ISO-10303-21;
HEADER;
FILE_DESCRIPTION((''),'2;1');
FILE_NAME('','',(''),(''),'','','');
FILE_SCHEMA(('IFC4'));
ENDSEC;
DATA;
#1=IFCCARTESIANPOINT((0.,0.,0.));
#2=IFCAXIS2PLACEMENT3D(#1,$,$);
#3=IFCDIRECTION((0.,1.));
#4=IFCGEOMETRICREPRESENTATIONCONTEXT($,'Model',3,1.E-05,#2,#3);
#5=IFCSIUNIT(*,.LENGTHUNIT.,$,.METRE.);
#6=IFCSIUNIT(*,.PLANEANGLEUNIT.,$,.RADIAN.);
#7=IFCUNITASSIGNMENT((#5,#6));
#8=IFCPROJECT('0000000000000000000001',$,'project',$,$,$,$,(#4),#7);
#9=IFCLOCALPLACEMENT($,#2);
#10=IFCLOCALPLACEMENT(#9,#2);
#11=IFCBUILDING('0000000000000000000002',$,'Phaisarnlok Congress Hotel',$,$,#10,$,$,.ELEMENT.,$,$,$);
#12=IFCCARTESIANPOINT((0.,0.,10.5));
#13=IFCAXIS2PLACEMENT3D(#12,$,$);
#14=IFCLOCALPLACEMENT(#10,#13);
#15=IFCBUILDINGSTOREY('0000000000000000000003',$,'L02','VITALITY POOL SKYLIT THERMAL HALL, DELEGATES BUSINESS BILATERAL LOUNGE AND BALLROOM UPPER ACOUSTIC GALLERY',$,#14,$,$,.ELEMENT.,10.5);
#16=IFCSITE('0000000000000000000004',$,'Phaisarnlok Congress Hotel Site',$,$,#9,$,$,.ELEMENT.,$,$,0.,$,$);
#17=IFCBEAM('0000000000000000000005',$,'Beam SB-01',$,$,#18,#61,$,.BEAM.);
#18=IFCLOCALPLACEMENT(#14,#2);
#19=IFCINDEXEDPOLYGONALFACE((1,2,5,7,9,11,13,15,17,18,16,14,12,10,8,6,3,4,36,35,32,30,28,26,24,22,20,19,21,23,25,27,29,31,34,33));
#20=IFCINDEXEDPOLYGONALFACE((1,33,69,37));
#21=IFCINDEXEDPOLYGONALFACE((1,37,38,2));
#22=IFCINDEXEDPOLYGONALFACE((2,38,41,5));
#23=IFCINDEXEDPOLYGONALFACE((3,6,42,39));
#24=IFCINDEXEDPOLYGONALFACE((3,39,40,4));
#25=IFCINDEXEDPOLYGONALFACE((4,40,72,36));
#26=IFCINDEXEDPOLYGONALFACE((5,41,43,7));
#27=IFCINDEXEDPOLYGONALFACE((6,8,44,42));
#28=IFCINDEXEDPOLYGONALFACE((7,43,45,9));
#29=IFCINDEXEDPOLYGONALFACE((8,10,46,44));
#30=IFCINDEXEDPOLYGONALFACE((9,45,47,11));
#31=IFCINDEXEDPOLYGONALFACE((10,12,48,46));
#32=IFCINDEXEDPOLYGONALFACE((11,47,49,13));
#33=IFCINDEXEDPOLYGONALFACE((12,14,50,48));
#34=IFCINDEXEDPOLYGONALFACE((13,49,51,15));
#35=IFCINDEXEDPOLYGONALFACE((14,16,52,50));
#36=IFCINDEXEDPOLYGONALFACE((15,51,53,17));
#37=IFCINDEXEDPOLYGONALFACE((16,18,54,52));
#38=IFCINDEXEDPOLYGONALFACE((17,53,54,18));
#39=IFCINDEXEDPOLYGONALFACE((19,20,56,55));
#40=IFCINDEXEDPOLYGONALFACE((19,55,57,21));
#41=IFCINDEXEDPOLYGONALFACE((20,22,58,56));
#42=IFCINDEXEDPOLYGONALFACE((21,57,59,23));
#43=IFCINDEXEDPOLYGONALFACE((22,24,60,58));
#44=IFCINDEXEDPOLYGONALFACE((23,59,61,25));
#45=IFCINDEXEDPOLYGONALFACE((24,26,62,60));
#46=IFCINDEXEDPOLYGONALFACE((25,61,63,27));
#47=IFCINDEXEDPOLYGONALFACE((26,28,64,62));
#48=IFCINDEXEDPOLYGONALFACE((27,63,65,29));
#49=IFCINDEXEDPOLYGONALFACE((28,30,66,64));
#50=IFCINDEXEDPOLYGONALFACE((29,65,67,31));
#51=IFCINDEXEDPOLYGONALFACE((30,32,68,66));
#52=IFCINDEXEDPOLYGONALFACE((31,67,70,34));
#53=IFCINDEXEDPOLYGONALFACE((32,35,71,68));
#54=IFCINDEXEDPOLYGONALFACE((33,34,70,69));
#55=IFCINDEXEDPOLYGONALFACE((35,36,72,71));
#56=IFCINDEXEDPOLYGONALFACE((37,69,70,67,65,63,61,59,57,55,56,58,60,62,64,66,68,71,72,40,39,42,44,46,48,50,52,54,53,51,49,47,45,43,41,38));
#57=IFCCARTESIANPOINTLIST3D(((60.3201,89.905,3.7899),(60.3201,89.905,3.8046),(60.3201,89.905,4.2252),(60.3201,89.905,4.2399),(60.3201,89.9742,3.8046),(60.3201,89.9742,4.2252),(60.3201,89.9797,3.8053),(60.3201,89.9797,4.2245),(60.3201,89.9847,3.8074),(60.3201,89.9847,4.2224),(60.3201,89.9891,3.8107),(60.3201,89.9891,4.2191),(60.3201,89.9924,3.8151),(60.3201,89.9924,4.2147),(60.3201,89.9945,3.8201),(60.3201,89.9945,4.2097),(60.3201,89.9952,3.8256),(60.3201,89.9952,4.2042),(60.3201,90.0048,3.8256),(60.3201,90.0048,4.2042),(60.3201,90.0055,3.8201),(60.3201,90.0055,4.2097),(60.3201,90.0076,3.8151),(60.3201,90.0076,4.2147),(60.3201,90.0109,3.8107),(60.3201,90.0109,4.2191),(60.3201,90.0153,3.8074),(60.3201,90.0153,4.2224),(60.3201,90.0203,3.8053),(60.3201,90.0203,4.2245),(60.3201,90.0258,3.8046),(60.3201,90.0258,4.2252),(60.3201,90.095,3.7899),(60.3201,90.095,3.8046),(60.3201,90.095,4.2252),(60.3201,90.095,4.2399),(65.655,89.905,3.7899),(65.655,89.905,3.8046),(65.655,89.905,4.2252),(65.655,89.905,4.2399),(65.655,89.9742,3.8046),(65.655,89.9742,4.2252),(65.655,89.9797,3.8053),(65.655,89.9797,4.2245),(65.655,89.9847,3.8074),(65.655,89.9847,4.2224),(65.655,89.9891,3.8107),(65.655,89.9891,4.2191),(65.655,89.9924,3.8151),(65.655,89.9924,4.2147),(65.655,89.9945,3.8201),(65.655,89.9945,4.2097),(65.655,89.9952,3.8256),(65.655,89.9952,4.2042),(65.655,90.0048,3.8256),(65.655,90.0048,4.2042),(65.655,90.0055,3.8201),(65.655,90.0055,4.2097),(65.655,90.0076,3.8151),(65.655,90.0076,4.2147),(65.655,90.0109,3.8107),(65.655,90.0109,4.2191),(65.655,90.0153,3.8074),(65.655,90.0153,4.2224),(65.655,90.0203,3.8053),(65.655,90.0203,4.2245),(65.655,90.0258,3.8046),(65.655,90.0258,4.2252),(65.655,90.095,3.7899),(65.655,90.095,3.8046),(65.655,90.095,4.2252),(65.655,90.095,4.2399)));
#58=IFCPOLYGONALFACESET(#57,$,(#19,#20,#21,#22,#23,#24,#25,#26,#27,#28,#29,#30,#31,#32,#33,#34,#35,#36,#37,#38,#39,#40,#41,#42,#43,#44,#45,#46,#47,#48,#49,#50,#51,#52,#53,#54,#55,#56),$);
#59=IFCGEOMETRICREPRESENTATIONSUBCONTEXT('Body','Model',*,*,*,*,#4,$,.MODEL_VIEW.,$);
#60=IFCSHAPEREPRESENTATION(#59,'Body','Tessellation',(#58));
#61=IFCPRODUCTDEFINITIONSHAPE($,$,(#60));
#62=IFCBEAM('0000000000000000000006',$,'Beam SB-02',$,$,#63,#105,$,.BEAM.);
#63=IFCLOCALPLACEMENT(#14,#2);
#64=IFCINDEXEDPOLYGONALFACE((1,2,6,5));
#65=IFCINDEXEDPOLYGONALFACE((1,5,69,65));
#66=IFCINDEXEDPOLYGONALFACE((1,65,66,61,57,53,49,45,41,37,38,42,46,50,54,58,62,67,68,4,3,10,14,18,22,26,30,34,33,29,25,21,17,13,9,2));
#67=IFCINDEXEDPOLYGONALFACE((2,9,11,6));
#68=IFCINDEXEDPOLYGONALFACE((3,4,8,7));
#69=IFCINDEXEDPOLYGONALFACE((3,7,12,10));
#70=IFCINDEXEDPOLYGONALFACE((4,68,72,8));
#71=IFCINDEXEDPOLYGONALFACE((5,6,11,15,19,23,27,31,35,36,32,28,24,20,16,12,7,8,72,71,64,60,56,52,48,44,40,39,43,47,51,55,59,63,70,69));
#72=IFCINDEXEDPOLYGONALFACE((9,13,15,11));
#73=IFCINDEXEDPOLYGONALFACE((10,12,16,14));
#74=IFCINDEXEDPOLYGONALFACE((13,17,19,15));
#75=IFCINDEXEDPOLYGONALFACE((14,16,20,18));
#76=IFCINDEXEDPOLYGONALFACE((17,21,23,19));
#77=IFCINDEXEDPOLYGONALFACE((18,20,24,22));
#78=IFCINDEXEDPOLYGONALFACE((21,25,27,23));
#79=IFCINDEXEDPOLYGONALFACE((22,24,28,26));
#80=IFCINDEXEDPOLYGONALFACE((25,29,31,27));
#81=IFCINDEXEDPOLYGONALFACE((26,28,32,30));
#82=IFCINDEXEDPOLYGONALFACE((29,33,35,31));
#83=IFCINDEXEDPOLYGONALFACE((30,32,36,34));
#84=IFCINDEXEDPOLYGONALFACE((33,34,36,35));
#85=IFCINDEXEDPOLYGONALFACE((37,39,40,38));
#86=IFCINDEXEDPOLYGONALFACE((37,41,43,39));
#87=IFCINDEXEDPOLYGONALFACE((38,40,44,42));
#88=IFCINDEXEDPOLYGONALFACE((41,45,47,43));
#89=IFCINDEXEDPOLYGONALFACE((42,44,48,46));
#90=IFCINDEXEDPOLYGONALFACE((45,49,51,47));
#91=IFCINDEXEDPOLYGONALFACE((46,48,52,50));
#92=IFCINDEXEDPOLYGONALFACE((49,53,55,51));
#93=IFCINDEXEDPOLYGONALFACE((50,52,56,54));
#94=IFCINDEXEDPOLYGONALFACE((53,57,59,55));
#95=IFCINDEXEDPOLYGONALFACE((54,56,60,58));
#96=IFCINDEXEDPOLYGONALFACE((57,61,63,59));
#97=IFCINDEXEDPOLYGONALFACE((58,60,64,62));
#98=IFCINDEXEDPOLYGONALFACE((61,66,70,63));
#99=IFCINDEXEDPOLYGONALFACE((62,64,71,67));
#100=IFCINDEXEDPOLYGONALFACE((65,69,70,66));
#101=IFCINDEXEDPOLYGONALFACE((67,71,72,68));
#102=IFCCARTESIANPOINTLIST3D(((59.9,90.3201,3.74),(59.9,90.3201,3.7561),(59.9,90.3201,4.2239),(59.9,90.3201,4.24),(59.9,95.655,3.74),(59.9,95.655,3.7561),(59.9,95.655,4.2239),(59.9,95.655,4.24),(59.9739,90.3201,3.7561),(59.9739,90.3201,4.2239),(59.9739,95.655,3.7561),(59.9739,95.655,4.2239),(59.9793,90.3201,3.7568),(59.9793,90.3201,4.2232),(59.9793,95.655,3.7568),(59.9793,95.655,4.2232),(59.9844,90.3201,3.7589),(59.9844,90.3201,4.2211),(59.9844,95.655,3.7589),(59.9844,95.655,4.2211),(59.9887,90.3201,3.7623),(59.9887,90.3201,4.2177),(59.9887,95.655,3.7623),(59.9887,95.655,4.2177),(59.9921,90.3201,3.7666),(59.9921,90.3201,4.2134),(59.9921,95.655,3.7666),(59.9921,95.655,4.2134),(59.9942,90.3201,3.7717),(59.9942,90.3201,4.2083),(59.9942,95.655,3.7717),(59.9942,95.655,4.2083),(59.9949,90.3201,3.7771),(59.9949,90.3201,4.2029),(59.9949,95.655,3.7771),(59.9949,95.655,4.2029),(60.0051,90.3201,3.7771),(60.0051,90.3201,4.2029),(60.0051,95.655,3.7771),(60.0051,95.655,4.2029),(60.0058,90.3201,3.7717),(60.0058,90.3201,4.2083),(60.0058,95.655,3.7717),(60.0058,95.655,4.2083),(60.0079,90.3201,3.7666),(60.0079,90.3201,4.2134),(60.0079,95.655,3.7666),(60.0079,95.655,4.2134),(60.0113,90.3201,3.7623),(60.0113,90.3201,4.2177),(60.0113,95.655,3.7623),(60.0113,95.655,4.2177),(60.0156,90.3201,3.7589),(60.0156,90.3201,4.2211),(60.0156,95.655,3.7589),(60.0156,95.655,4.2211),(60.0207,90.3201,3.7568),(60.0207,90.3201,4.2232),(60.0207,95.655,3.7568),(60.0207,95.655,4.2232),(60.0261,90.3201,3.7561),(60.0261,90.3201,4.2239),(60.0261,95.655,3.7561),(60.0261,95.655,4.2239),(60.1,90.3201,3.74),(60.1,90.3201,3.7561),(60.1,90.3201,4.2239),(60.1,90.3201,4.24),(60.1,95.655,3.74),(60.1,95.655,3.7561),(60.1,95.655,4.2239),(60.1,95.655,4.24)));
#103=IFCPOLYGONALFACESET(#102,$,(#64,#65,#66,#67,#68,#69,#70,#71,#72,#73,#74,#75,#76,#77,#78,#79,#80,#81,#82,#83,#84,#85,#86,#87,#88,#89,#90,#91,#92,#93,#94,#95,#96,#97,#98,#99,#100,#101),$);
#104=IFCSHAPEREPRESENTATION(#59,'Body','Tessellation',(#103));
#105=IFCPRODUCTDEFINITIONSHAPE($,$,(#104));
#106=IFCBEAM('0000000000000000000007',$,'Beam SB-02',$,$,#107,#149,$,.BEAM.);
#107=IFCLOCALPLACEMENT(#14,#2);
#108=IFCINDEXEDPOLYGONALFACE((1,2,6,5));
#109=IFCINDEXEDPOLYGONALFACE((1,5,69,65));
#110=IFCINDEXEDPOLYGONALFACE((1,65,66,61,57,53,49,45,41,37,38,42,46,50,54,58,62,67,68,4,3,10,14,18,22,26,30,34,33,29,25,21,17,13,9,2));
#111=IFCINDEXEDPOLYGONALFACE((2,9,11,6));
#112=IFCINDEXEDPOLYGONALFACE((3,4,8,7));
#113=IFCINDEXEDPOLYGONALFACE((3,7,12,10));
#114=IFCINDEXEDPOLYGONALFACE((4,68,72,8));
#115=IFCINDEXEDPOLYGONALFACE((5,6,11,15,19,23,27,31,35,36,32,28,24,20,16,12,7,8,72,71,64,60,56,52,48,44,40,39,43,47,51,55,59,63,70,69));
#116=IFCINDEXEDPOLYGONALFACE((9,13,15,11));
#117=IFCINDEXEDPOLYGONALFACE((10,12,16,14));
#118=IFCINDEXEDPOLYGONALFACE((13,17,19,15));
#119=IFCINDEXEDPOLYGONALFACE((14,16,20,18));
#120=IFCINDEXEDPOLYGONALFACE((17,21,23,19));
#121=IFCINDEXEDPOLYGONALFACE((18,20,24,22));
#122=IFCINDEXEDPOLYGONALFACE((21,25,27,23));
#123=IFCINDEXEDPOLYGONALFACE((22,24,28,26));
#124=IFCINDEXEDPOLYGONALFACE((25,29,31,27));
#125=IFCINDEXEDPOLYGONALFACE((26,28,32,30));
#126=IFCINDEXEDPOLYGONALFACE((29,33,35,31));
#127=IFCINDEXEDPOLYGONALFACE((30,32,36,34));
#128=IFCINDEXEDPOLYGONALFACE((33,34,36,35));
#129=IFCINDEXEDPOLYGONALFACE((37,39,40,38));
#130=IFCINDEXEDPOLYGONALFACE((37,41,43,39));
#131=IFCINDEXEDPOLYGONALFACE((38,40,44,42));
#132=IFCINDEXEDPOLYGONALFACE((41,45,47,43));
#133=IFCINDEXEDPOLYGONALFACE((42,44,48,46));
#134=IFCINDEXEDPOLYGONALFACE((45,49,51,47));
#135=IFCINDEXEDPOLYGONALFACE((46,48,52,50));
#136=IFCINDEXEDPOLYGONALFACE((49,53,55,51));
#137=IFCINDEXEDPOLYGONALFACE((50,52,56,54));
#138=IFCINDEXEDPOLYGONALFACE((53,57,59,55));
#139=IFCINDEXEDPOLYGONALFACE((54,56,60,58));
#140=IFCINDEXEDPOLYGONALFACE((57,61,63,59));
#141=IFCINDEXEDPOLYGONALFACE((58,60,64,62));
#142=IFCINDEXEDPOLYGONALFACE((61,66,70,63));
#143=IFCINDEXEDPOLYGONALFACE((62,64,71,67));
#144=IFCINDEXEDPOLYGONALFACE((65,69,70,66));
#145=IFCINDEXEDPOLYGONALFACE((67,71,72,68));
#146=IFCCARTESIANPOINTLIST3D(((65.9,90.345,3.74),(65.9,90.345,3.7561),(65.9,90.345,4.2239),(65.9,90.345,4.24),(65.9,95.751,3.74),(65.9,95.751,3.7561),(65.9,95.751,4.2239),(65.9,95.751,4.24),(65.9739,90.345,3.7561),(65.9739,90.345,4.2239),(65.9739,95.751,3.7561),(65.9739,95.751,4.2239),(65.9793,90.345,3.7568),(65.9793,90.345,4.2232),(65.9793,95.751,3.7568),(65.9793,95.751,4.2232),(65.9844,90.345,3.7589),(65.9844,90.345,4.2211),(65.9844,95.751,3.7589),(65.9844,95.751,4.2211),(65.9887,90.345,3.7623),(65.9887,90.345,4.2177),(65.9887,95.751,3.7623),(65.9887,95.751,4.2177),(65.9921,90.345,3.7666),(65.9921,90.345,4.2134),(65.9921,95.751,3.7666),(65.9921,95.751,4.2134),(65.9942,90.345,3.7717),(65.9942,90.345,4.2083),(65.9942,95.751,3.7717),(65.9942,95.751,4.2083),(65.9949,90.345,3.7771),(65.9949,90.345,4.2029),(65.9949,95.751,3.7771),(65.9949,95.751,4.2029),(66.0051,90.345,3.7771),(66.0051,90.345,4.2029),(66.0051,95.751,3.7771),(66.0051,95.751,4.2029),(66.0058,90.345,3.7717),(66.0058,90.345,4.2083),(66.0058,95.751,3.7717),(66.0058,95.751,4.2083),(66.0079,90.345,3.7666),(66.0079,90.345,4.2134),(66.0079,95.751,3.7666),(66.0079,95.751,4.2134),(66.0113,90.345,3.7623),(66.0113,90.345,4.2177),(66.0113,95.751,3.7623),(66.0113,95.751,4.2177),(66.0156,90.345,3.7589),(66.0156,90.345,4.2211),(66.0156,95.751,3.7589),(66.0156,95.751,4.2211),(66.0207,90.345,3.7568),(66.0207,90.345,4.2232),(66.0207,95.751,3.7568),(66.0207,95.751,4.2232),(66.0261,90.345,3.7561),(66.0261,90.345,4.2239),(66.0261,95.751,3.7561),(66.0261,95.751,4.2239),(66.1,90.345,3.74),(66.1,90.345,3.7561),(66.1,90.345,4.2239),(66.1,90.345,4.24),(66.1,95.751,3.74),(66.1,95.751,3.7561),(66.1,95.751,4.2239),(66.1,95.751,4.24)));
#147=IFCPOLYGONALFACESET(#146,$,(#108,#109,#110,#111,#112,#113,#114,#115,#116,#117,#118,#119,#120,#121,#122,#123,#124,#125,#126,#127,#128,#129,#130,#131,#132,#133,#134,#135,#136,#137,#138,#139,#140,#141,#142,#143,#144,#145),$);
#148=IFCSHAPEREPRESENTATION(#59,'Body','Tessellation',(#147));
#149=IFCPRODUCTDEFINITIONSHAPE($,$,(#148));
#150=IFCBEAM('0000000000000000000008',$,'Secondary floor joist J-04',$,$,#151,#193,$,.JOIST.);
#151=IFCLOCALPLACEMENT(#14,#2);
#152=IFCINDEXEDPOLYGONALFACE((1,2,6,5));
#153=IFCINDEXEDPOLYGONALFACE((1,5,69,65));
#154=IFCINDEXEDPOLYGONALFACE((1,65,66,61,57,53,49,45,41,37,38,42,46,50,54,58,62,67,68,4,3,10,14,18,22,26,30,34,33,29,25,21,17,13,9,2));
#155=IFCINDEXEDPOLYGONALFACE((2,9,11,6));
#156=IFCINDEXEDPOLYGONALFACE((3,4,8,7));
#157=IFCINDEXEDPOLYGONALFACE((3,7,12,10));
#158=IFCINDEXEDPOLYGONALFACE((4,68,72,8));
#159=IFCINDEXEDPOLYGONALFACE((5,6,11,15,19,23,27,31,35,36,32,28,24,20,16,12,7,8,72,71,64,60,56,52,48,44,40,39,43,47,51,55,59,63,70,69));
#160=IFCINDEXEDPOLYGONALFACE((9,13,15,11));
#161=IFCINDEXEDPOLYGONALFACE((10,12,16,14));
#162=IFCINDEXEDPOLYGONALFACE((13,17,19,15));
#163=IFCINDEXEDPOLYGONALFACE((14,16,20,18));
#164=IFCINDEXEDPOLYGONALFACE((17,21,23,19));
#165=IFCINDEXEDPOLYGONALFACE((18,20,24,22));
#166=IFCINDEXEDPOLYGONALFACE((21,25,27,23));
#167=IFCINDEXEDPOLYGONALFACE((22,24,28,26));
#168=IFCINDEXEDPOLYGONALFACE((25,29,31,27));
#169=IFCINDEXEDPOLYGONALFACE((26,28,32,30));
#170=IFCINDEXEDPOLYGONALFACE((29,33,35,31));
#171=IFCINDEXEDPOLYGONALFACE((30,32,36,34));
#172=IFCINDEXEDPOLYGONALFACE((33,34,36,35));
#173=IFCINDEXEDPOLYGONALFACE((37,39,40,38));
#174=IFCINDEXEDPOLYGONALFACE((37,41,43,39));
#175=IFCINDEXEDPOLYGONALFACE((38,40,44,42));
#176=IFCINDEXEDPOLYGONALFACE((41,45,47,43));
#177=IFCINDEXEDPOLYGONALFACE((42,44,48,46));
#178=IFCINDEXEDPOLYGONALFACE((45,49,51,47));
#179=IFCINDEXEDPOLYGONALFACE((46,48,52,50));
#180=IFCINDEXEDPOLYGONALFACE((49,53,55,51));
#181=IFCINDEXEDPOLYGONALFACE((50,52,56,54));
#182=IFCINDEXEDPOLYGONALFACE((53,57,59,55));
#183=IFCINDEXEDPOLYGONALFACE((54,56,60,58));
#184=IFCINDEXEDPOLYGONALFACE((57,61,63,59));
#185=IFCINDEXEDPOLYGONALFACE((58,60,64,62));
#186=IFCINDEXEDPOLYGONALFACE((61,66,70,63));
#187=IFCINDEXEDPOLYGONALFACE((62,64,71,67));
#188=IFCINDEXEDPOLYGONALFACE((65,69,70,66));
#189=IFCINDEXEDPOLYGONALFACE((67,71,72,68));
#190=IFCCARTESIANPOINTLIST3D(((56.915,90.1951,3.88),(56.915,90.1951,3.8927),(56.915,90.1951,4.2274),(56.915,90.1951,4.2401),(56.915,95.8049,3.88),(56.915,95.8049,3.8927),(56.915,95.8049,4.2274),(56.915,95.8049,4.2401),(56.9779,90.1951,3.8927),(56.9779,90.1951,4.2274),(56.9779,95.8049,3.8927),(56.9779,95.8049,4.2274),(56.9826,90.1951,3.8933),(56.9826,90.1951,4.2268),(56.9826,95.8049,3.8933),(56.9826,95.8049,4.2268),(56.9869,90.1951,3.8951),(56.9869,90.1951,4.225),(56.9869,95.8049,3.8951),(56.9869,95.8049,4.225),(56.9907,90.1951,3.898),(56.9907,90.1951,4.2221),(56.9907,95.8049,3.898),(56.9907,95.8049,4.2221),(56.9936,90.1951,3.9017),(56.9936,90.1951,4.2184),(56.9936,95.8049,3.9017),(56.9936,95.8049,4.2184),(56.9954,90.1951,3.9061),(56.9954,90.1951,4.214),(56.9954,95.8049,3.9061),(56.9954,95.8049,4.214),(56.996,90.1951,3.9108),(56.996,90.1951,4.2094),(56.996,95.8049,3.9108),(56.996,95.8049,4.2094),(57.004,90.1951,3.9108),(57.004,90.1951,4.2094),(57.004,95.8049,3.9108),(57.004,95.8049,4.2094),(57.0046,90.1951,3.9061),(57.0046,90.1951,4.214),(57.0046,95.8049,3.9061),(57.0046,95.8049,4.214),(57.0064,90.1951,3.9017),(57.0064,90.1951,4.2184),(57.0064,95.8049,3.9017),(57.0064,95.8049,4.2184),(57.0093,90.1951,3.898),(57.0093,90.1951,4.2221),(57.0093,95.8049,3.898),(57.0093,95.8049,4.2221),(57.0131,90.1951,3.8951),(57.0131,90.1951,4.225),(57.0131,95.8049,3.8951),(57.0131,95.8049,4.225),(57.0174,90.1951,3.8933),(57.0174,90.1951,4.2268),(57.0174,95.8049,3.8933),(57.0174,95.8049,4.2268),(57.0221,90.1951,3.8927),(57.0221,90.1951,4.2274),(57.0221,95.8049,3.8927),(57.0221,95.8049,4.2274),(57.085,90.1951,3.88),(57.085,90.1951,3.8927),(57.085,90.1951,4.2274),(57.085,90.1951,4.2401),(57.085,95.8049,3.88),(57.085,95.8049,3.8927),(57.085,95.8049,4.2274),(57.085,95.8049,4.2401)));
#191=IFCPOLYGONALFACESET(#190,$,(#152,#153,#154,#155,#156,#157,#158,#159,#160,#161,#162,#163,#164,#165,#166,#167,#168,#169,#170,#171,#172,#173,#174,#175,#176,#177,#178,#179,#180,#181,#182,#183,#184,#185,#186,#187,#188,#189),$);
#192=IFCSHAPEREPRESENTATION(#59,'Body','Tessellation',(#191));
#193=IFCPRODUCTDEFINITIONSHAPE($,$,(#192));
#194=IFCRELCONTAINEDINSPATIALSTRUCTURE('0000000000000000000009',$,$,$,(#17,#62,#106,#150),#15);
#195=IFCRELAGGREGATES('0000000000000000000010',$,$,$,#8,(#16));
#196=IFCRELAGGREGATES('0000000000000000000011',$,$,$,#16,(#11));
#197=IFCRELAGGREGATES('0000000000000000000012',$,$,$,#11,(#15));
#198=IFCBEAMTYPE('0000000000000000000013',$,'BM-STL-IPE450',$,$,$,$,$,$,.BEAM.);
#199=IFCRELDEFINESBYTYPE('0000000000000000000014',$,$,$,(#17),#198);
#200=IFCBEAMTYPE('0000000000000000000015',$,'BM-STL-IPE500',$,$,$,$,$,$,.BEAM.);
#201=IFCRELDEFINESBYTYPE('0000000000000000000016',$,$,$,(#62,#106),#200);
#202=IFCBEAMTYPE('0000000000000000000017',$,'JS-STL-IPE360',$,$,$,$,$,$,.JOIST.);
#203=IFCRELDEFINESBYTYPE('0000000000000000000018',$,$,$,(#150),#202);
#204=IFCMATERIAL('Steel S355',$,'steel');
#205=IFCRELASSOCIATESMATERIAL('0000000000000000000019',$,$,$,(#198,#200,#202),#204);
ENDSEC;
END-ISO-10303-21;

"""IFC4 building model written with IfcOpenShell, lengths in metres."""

from ifc_helpers import new_model, si_unit, direction, frame, origin, origin_2d, place, context, subcontext, project, spatial, i_section, extrude, material, material_profile, profile_set, type_object, element, save


model = new_model("IFC4")

# Units and contexts
model_context = context("Model", 3, precision=1e-05, world=origin(), true_north=direction((0.0, 1.0)))
body_context = subcontext(model_context, "Body", "Model", "MODEL_VIEW")
ifc_project = project(units=[si_unit("LENGTHUNIT", "METRE"), si_unit("PLANEANGLEUNIT", "RADIAN")], contexts=[model_context])

# Site, building, storey
site_placement = place(None, origin())
site = spatial("IfcSite", under=ifc_project, at=site_placement, Name="Phaisarnlok Congress Hotel Site", CompositionType="ELEMENT", RefElevation=0.0)
building_placement = place(site_placement, origin())
building = spatial("IfcBuilding", under=site, at=building_placement, Name="Phaisarnlok Congress Hotel", CompositionType="ELEMENT")
storey_placement = place(building_placement, frame((0.0, 0.0, 10.5)))
storey = spatial("IfcBuildingStorey", under=building, at=storey_placement, Name="L02", Description="VITALITY POOL SKYLIT THERMAL HALL, DELEGATES BUSINESS BILATERAL LOUNGE AND BALLROOM UPPER ACOUSTIC GALLERY", CompositionType="ELEMENT", Elevation=10.5)

# Beams
ifc_material_1 = material(Name="Steel S355", Category="steel")
ifc_material_profile_1 = material_profile(ifc_material_1, i_section(OverallWidth=0.1899, OverallDepth=0.45, WebThickness=0.0095, FlangeThickness=0.0146, FilletRadius=0.021, at=origin_2d()), Name="IPE 450")
ifc_profile_set_1 = profile_set([ifc_material_profile_1], Name="Steel S355")
beam_type_1 = type_object("IfcBeamType", Name="BM-STL-IPE450", PredefinedType="BEAM", material=ifc_profile_set_1)
beam_1_placement = place(storey_placement, frame((60.3201, 90.0, 4.0149), z_axis=(1.0, 0.0, 0.0), x_axis=(0.0, 1.0, 0.0)))
element("IfcBeam", 1, at=beam_1_placement, inside=storey, type_object=beam_type_1, Name="Beam SB-01", PredefinedType="BEAM", context=body_context, shape_type="SweptSolid", body=[
    extrude(i_section(OverallWidth=0.1899, OverallDepth=0.45, WebThickness=0.0095, FlangeThickness=0.0146, FilletRadius=0.021, at=origin_2d()), origin(), (0.0, 0.0, 1.0), 5.335),
])
ifc_material_profile_2 = material_profile(ifc_material_1, i_section(OverallWidth=0.2, OverallDepth=0.5, WebThickness=0.0103, FlangeThickness=0.0161, FilletRadius=0.021, at=origin_2d()), Name="IPE 500")
ifc_profile_set_2 = profile_set([ifc_material_profile_2], Name="Steel S355")
beam_type_2 = type_object("IfcBeamType", Name="BM-STL-IPE500", PredefinedType="BEAM", material=ifc_profile_set_2)
beam_2_placement = place(storey_placement, frame((60.0, 90.3201, 3.99), z_axis=(0.0, 1.0, 0.0), x_axis=(-1.0, 0.0, 0.0)))
element("IfcBeam", 2, at=beam_2_placement, inside=storey, type_object=beam_type_2, Name="Beam SB-02", PredefinedType="BEAM", context=body_context, shape_type="SweptSolid", body=[
    extrude(i_section(OverallWidth=0.2, OverallDepth=0.5, WebThickness=0.0103, FlangeThickness=0.0161, FilletRadius=0.021, at=origin_2d()), origin(), (0.0, 0.0, 1.0), 5.335),
])
beam_3_placement = place(storey_placement, frame((66.0, 90.345, 3.99), z_axis=(0.0, 1.0, 0.0), x_axis=(-1.0, 0.0, 0.0)))
element("IfcBeam", 3, at=beam_3_placement, inside=storey, type_object=beam_type_2, Name="Beam SB-02", PredefinedType="BEAM", context=body_context, shape_type="SweptSolid", body=[
    extrude(i_section(OverallWidth=0.2, OverallDepth=0.5, WebThickness=0.0103, FlangeThickness=0.0161, FilletRadius=0.021, at=origin_2d()), origin(), (0.0, 0.0, 1.0), 5.406),
])
ifc_material_profile_3 = material_profile(ifc_material_1, i_section(OverallWidth=0.1699, OverallDepth=0.3601, WebThickness=0.0081, FlangeThickness=0.0127, FilletRadius=0.0181, at=origin_2d()), Name="IPE 360")
ifc_profile_set_3 = profile_set([ifc_material_profile_3], Name="Steel S355")
beam_type_3 = type_object("IfcBeamType", Name="JS-STL-IPE360", PredefinedType="JOIST", material=ifc_profile_set_3)
beam_4_placement = place(storey_placement, frame((57.0, 90.1951, 4.0601), z_axis=(0.0, 1.0, 0.0), x_axis=(-1.0, 0.0, 0.0)))
element("IfcBeam", 4, at=beam_4_placement, inside=storey, type_object=beam_type_3, Name="Secondary floor joist J-04", PredefinedType="JOIST", context=body_context, shape_type="SweptSolid", body=[
    extrude(i_section(OverallWidth=0.1699, OverallDepth=0.3601, WebThickness=0.0081, FlangeThickness=0.0127, FilletRadius=0.0181, at=origin_2d()), origin(), (0.0, 0.0, 1.0), 5.6099),
])

save(model, "model.ifc")
